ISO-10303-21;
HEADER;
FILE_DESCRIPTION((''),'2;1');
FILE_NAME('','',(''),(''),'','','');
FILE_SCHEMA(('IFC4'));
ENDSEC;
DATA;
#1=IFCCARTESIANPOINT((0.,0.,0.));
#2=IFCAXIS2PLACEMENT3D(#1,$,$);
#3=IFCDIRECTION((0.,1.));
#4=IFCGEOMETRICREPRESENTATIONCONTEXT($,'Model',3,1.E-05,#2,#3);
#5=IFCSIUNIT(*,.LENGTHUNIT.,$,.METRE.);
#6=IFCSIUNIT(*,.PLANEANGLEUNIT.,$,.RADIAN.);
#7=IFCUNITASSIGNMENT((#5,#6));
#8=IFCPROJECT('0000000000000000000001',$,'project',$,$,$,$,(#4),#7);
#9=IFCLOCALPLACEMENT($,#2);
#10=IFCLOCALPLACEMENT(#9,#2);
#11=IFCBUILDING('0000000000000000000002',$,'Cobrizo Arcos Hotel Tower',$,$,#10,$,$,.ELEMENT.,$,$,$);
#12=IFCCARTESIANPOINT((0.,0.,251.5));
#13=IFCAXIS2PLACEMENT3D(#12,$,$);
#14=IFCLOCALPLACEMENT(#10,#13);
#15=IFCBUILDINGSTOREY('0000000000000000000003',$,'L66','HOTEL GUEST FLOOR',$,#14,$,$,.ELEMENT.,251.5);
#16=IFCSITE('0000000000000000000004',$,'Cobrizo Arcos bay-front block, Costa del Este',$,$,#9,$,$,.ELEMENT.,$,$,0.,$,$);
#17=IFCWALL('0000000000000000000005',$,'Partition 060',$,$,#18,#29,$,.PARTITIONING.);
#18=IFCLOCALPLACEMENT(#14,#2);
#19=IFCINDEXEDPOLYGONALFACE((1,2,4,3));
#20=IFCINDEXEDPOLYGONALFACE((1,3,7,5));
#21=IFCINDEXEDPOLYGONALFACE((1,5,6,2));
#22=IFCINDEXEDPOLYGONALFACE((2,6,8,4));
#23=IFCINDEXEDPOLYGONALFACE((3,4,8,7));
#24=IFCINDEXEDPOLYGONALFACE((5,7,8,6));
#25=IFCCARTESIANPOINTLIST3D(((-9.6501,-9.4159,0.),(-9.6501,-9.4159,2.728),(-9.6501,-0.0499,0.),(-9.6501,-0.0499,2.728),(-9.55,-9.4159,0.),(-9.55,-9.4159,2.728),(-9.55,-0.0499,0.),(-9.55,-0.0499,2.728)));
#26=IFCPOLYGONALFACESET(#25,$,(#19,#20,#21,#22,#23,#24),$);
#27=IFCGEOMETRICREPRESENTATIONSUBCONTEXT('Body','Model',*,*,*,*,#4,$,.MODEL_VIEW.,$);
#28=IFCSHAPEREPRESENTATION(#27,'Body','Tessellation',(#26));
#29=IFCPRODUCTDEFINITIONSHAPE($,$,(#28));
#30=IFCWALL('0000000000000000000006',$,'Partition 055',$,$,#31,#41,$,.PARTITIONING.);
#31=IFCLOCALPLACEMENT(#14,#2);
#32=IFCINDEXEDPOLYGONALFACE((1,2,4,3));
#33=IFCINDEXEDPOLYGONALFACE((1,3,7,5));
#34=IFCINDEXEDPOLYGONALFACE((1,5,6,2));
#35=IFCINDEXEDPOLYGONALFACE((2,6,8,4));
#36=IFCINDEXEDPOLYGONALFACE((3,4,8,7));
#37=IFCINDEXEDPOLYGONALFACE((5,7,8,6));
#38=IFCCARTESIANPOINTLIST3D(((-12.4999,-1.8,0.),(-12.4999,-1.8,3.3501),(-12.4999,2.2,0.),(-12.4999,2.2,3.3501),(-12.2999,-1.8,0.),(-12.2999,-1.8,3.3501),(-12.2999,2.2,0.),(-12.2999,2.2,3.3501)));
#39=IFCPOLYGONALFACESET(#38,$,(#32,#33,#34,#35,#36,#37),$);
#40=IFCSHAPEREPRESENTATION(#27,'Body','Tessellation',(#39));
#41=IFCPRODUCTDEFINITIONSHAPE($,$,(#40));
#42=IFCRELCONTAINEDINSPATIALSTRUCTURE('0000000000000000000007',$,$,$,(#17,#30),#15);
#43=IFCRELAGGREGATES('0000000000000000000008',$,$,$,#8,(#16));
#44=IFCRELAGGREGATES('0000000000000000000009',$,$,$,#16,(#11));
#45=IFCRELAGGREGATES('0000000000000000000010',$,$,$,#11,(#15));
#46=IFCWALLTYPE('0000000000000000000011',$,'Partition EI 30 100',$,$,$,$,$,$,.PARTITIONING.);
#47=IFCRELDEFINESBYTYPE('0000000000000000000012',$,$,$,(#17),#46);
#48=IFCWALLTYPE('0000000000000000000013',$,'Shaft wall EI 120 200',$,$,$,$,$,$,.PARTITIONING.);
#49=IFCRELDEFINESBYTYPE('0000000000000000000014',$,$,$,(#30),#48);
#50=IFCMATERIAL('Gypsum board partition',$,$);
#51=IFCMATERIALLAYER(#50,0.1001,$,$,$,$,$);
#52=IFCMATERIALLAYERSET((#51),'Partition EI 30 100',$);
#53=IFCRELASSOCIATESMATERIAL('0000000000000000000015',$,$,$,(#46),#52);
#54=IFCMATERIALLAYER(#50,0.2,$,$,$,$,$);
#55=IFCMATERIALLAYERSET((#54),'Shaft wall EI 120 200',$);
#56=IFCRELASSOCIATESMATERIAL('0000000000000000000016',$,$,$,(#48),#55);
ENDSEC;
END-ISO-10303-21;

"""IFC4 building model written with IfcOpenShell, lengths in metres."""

from ifc_helpers import new_model, si_unit, direction, frame, frame_2d, origin, place, context, subcontext, project, spatial, rectangle, extrude, material, layer, layer_set, type_object, element, save


model = new_model("IFC4")

# Units and contexts
model_context = context("Model", 3, precision=1e-05, world=origin(), true_north=direction((0.0, 1.0)))
body_context = subcontext(model_context, "Body", "Model", "MODEL_VIEW")
ifc_project = project(units=[si_unit("LENGTHUNIT", "METRE"), si_unit("PLANEANGLEUNIT", "RADIAN")], contexts=[model_context])

# Site, building, storey
site_placement = place(None, origin())
site = spatial("IfcSite", under=ifc_project, at=site_placement, Name="Cobrizo Arcos bay-front block, Costa del Este", CompositionType="ELEMENT", RefElevation=0.0)
building_placement = place(site_placement, origin())
building = spatial("IfcBuilding", under=site, at=building_placement, Name="Cobrizo Arcos Hotel Tower", CompositionType="ELEMENT")
storey_placement = place(building_placement, frame((0.0, 0.0, 251.5)))
storey = spatial("IfcBuildingStorey", under=building, at=storey_placement, Name="L66", Description="HOTEL GUEST FLOOR", CompositionType="ELEMENT", Elevation=251.5)

# Shared definitions
ifc_material_1 = material(Name="Gypsum board partition")

# Walls
ifc_layer_1 = layer(ifc_material_1, 0.1001)
ifc_layer_set_1 = layer_set([ifc_layer_1], Name="Partition EI 30 100")
wall_type_1 = type_object("IfcWallType", Name="Partition EI 30 100", PredefinedType="PARTITIONING", material=ifc_layer_set_1)
wall_1_placement = place(storey_placement, frame((-9.6001, -9.416, 0.0), z_axis=(0.0, 0.0, 1.0), x_axis=(0.0, 1.0, 0.0)))
element("IfcWall", 1, at=wall_1_placement, inside=storey, type_object=wall_type_1, Name="Partition 060", PredefinedType="PARTITIONING", context=body_context, shape_type="SweptSolid", body=[
    extrude(rectangle(XDim=9.366, YDim=0.1001, at=frame_2d((4.6831, 0.0))), origin(), (0.0, 0.0, 1.0), 2.728),
])
ifc_layer_2 = layer(ifc_material_1, 0.2)
ifc_layer_set_2 = layer_set([ifc_layer_2], Name="Shaft wall EI 120 200")
wall_type_2 = type_object("IfcWallType", Name="Shaft wall EI 120 200", PredefinedType="PARTITIONING", material=ifc_layer_set_2)
wall_2_placement = place(storey_placement, frame((-12.3999, -1.8, 0.0), z_axis=(0.0, 0.0, 1.0), x_axis=(0.0, 1.0, 0.0)))
element("IfcWall", 2, at=wall_2_placement, inside=storey, type_object=wall_type_2, Name="Partition 055", PredefinedType="PARTITIONING", context=body_context, shape_type="SweptSolid", body=[
    extrude(rectangle(XDim=4.0, YDim=0.2, at=frame_2d((2.0, 0.0))), origin(), (0.0, 0.0, 1.0), 3.3501),
])

save(model, "model.ifc")
